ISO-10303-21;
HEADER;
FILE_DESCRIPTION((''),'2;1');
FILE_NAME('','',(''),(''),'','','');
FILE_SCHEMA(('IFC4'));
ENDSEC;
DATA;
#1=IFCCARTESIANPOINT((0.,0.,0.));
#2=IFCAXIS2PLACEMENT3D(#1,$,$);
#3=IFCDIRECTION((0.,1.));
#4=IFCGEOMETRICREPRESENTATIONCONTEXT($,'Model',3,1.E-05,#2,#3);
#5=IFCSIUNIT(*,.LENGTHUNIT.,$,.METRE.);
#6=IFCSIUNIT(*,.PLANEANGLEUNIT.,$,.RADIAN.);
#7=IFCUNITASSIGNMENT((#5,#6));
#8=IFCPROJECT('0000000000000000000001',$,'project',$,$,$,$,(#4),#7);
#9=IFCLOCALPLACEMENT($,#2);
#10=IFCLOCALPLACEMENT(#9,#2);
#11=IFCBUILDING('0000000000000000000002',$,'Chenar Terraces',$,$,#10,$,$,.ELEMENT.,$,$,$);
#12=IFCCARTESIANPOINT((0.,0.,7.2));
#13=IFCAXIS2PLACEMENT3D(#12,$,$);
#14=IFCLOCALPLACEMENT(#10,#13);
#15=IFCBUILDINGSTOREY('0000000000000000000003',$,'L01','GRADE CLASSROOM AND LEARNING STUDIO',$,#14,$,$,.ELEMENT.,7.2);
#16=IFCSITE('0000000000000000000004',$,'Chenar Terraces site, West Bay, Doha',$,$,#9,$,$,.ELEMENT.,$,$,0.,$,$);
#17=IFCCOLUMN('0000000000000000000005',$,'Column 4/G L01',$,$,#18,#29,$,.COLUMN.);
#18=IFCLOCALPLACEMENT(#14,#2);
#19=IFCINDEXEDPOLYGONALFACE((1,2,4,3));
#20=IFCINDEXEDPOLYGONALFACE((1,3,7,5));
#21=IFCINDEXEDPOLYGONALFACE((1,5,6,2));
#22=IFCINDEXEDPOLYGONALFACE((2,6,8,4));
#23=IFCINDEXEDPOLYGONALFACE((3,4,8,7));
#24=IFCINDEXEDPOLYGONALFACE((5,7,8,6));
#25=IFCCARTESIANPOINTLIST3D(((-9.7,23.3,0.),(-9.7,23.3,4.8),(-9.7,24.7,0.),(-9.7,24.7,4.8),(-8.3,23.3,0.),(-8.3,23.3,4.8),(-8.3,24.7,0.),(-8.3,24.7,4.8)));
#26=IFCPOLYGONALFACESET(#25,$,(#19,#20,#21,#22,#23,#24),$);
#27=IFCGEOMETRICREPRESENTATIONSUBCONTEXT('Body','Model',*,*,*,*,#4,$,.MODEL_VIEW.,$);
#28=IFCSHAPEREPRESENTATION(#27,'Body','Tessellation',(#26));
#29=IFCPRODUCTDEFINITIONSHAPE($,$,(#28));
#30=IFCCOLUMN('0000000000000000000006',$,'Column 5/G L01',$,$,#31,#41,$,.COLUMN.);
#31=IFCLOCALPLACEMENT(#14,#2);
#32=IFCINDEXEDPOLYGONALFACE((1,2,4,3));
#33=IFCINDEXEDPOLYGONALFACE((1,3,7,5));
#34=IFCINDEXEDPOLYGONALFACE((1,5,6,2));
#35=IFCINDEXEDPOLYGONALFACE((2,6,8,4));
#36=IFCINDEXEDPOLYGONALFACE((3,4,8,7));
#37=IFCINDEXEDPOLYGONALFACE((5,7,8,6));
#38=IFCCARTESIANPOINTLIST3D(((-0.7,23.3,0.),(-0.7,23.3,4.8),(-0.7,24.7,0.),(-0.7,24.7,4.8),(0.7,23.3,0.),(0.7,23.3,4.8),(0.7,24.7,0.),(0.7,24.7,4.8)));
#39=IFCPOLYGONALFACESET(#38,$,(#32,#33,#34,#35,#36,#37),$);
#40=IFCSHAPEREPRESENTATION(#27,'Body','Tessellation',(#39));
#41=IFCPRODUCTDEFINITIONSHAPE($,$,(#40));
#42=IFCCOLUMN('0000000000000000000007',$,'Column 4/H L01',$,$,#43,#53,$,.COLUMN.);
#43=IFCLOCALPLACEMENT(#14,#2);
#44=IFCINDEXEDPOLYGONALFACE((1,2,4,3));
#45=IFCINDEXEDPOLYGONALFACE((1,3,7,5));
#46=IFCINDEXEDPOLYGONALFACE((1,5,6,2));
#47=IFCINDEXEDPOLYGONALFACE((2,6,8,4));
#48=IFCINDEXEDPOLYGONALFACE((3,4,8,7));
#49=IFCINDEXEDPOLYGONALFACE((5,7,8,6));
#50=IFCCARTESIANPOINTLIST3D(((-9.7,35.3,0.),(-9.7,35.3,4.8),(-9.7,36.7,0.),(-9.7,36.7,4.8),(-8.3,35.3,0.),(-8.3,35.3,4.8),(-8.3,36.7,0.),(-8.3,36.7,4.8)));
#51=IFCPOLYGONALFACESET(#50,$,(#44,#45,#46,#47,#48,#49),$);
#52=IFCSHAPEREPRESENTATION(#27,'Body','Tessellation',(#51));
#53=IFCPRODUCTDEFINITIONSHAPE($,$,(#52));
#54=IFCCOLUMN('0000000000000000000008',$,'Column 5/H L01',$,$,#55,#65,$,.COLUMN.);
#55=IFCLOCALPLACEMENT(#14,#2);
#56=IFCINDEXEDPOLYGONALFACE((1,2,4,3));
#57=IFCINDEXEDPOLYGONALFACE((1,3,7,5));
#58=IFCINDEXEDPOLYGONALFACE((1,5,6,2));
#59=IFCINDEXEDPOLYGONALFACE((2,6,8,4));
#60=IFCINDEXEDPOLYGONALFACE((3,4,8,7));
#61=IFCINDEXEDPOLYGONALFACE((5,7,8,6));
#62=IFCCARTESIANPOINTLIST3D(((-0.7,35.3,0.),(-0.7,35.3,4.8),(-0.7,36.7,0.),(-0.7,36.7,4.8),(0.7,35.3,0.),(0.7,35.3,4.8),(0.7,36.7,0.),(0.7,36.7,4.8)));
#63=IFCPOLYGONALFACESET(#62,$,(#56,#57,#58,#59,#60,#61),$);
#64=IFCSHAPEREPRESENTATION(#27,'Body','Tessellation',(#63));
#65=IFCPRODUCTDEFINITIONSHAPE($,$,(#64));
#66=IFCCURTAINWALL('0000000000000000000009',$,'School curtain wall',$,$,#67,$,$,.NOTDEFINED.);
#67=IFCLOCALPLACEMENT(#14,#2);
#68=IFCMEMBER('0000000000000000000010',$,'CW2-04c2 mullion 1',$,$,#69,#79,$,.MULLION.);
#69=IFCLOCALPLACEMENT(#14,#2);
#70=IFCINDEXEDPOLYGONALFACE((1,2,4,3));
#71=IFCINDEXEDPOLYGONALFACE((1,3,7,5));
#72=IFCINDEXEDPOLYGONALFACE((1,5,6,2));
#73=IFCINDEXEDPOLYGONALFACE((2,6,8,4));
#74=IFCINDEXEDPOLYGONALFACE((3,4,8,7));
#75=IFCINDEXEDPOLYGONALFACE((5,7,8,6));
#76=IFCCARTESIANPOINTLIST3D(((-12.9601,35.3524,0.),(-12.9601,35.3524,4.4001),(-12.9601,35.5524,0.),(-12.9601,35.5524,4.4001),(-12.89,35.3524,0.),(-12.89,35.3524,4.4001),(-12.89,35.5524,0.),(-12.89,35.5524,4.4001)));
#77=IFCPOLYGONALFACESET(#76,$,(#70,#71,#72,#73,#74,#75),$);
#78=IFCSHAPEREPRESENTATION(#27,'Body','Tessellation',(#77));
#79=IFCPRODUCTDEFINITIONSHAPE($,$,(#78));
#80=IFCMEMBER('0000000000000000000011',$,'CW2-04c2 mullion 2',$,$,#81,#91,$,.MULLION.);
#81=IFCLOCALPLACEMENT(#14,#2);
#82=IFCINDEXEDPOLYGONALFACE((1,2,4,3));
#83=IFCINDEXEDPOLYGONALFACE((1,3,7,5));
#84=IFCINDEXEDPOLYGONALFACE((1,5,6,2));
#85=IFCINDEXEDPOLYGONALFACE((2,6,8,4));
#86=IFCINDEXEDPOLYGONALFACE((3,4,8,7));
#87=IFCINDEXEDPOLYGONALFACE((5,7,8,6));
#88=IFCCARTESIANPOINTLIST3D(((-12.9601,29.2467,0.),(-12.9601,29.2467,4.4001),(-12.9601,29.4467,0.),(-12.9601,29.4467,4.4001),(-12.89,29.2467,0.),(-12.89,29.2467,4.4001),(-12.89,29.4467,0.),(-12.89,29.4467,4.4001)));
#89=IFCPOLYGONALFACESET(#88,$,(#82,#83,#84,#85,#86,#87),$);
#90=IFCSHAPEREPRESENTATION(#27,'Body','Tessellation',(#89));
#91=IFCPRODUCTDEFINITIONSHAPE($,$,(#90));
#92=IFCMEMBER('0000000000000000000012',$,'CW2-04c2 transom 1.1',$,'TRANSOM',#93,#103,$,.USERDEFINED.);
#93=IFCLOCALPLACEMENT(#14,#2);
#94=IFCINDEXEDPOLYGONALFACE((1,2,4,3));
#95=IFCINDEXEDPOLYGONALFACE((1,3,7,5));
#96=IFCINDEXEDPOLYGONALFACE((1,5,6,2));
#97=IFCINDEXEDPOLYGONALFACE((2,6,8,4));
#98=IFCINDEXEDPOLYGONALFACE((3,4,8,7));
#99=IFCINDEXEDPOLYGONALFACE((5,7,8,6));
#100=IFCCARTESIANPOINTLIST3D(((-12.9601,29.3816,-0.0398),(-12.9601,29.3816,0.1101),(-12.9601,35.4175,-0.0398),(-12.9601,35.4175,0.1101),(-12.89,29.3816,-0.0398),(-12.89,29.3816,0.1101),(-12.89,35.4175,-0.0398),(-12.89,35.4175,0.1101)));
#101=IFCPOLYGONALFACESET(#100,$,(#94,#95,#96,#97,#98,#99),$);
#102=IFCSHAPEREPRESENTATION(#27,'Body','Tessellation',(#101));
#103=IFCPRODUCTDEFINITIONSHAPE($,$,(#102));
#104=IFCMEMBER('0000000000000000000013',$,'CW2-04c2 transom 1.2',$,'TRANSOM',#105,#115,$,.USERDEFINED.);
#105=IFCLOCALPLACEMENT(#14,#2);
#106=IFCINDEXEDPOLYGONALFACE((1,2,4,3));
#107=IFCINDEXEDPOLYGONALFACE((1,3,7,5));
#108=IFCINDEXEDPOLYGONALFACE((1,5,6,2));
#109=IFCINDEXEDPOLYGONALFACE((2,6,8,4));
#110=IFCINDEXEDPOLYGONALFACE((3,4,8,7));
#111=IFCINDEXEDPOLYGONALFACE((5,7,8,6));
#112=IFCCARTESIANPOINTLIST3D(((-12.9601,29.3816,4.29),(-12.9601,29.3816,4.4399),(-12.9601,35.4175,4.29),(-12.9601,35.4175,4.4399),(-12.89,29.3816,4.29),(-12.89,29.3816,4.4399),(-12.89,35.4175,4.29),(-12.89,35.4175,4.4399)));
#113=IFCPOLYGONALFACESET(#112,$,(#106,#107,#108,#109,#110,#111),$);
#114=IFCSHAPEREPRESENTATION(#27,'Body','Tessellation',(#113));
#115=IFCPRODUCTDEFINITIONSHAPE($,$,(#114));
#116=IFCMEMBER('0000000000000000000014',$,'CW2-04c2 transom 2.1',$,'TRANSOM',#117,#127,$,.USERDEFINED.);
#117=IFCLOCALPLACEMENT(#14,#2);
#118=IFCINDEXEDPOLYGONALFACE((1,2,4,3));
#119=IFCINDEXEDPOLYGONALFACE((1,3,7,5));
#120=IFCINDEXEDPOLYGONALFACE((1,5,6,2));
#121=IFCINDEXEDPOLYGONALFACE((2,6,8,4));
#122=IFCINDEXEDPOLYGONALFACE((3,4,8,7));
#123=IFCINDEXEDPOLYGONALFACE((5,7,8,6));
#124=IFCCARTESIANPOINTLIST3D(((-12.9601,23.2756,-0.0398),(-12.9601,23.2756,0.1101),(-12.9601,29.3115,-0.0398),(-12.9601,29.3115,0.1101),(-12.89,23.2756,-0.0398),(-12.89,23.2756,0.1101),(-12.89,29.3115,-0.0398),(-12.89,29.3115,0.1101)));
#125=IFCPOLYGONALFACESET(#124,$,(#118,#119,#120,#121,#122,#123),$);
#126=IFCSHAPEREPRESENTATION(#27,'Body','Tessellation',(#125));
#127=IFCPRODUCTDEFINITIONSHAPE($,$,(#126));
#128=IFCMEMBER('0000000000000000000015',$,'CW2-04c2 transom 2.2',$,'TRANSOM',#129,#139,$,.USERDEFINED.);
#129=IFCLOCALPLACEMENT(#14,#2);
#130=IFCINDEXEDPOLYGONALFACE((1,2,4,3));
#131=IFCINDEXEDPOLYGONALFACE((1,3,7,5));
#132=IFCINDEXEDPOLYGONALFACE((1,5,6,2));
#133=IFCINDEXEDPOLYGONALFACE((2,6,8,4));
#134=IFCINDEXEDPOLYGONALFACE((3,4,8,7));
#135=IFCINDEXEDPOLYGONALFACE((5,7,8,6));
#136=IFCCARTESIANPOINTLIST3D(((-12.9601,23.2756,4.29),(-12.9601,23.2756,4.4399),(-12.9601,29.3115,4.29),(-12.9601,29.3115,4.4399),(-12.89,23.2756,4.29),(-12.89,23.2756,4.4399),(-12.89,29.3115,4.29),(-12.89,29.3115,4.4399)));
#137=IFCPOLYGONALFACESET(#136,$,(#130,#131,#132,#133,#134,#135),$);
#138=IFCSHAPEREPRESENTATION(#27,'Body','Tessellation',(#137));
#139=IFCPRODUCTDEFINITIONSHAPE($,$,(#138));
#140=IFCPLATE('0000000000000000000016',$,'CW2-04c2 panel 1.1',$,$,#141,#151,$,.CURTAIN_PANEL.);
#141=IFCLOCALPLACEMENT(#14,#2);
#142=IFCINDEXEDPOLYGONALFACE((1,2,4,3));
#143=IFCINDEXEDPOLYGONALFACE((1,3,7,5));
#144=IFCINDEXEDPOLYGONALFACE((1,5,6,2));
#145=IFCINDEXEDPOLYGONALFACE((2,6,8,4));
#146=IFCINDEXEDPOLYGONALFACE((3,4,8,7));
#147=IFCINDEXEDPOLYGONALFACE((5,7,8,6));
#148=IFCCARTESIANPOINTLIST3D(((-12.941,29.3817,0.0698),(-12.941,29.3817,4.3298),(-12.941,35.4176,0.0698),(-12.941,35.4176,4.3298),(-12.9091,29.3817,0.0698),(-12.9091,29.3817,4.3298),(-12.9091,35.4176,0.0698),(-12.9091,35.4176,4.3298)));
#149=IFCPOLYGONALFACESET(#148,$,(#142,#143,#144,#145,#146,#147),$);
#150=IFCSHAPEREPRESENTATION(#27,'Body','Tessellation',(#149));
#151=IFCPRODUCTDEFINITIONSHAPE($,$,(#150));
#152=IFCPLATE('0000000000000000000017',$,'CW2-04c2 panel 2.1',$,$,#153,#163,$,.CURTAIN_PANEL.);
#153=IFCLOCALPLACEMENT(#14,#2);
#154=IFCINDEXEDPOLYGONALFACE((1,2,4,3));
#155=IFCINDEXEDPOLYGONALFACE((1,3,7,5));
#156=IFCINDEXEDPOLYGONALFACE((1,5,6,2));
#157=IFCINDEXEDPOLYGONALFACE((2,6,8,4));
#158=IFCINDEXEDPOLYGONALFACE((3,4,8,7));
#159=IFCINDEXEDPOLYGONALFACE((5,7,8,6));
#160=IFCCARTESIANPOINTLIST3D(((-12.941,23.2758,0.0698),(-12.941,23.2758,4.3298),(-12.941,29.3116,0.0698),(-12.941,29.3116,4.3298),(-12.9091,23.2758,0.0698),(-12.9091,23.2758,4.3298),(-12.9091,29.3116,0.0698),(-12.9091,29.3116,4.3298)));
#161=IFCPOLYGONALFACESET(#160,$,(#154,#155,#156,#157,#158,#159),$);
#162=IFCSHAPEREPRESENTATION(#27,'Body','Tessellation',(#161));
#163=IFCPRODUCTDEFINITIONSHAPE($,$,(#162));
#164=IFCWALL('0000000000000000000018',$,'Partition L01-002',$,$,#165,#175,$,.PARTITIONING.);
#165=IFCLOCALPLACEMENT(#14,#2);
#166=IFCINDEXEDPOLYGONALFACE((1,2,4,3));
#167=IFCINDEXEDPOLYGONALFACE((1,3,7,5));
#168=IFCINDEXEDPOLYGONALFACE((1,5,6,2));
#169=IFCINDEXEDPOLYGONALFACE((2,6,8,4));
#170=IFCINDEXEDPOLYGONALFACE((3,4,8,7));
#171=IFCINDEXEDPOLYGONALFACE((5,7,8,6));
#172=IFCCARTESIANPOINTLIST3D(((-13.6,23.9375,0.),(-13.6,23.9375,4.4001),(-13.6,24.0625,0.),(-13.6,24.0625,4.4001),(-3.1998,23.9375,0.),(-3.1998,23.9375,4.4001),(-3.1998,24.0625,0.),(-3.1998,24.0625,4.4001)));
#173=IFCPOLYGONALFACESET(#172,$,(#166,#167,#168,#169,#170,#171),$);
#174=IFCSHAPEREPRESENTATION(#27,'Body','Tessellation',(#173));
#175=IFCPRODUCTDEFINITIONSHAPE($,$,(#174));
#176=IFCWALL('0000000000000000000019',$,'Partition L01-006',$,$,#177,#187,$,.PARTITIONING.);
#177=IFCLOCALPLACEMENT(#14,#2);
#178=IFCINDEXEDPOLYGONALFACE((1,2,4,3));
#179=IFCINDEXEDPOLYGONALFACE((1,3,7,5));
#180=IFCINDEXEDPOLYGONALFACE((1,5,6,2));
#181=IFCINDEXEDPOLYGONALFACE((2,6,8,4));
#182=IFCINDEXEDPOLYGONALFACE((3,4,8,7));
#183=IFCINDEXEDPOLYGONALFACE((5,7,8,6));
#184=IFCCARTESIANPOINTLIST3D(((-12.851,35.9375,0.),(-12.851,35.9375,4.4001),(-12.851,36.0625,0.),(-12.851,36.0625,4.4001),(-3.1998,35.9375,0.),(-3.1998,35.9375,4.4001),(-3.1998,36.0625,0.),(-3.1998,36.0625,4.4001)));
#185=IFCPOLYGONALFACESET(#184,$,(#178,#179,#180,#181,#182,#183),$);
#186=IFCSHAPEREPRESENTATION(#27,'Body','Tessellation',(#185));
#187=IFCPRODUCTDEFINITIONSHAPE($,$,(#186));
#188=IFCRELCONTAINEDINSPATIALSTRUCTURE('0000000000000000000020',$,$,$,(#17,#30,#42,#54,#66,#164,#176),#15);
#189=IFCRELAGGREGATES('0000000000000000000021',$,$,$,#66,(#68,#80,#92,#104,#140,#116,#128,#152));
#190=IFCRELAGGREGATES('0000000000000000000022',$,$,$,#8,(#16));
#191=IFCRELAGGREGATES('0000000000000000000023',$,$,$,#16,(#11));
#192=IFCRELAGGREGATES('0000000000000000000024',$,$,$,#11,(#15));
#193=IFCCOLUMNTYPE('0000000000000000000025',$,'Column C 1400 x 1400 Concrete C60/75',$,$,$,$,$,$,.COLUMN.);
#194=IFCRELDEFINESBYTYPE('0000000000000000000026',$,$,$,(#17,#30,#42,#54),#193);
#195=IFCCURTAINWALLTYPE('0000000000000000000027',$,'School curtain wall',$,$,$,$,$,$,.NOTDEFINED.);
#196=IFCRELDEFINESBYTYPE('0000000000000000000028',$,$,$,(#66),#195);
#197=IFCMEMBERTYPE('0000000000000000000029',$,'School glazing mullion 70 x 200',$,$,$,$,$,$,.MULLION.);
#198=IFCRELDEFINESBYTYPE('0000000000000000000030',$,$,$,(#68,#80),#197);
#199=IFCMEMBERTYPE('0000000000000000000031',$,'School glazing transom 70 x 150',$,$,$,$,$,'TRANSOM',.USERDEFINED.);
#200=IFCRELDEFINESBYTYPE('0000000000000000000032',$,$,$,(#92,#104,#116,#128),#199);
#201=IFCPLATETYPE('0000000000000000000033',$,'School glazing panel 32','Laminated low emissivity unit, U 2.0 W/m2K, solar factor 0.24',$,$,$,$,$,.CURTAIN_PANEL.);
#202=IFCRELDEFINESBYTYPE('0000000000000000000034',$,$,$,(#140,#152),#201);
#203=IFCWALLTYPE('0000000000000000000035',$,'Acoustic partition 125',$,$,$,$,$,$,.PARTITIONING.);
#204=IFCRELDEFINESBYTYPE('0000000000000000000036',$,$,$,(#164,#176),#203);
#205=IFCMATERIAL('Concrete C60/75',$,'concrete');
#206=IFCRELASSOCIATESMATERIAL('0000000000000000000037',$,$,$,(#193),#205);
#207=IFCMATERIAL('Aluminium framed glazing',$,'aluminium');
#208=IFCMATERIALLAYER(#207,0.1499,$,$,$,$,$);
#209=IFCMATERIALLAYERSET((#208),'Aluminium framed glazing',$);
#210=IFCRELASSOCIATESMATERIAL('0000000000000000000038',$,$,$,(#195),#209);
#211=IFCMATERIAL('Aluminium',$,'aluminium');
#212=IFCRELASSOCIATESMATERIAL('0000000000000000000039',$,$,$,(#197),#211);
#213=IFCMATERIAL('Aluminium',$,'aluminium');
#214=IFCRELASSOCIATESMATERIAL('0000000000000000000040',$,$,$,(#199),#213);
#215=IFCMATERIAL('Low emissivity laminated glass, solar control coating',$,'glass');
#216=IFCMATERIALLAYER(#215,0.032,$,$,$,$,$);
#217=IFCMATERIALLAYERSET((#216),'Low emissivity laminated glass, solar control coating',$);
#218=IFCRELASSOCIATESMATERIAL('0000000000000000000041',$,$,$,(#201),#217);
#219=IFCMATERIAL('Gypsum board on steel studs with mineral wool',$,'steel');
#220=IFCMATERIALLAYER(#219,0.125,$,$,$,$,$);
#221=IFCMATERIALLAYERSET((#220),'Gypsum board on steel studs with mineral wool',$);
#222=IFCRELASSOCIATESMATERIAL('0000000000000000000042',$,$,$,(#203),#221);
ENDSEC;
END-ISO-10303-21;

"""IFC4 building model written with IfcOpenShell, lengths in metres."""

from ifc_helpers import new_model, si_unit, direction, frame, frame_2d, origin, origin_2d, place, context, subcontext, project, spatial, rectangle, extrude, material, layer, layer_set, material_profile, profile_set, type_object, element, aggregate, save


model = new_model("IFC4")

# Units and contexts
model_context = context("Model", 3, precision=1e-05, world=origin(), true_north=direction((0.0, 1.0)))
body_context = subcontext(model_context, "Body", "Model", "MODEL_VIEW")
ifc_project = project(units=[si_unit("LENGTHUNIT", "METRE"), si_unit("PLANEANGLEUNIT", "RADIAN")], contexts=[model_context])

# Site, building, storey
site_placement = place(None, origin())
site = spatial("IfcSite", under=ifc_project, at=site_placement, Name="Chenar Terraces site, West Bay, Doha", CompositionType="ELEMENT", RefElevation=0.0)
building_placement = place(site_placement, origin())
building = spatial("IfcBuilding", under=site, at=building_placement, Name="Chenar Terraces", CompositionType="ELEMENT")
storey_placement = place(building_placement, frame((0.0, 0.0, 7.2)))
storey = spatial("IfcBuildingStorey", under=building, at=storey_placement, Name="L01", Description="GRADE CLASSROOM AND LEARNING STUDIO", CompositionType="ELEMENT", Elevation=7.2)

# Columns
ifc_material_1 = material(Name="Concrete C60/75", Category="concrete")
ifc_material_profile_1 = material_profile(ifc_material_1, rectangle(XDim=1.3999, YDim=1.3999, at=origin_2d()), Name="C 1400 x 1400")
ifc_profile_set_1 = profile_set([ifc_material_profile_1], Name="Concrete C60/75")
column_type = type_object("IfcColumnType", Name="Column C 1400 x 1400 Concrete C60/75", PredefinedType="COLUMN", material=ifc_profile_set_1)
for number, where, z_axis, x_axis, name in (
    (1, (-9.0, 24.0, 0.0), (0.0, 0.0, 1.0), (1.0, 0.0, 0.0), "Column 4/G L01"),
    (2, (0.0, 24.0, 0.0), (0.0, 0.0, 1.0), (1.0, 0.0, 0.0), "Column 5/G L01"),
    (3, (-9.0, 36.0, 0.0), (0.0, 0.0, 1.0), (1.0, 0.0, 0.0), "Column 4/H L01"),
    (4, (0.0, 36.0, 0.0), (0.0, 0.0, 1.0), (1.0, 0.0, 0.0), "Column 5/H L01"),
):
    element("IfcColumn", number, at=place(storey_placement, frame(where, z_axis=z_axis, x_axis=x_axis)), inside=storey, type_object=column_type, Name=name, PredefinedType="COLUMN", context=body_context, shape_type="SweptSolid", body=[
        extrude(rectangle(XDim=1.3999, YDim=1.3999, at=origin_2d()), origin(), (0.0, 0.0, 1.0), 4.8),
    ])

# Curtain wall, members, plates
ifc_material_2 = material(Name="Aluminium framed glazing", Category="aluminium")
ifc_layer_1 = layer(ifc_material_2, 0.1499)
ifc_layer_set_1 = layer_set([ifc_layer_1], Name="Aluminium framed glazing")
curtain_wall_type = type_object("IfcCurtainWallType", Name="School curtain wall", PredefinedType="NOTDEFINED", material=ifc_layer_set_1)
curtain_wall_placement = place(storey_placement, origin())
curtain_wall = element("IfcCurtainWall", 5, at=curtain_wall_placement, inside=storey, type_object=curtain_wall_type, Name="School curtain wall", PredefinedType="NOTDEFINED")
ifc_material_3 = material(Name="Aluminium", Category="aluminium")
ifc_material_profile_2 = material_profile(ifc_material_3, rectangle(XDim=0.0701, YDim=0.2, at=origin_2d()), Name="School glazing mullion 70 x 200")
ifc_profile_set_2 = profile_set([ifc_material_profile_2], Name="Aluminium")
member_type_1 = type_object("IfcMemberType", Name="School glazing mullion 70 x 200", PredefinedType="MULLION", material=ifc_profile_set_2)
member_1_placement = place(storey_placement, frame((-12.925, 35.4524, 0.0), z_axis=(0.0, 0.0, 1.0), x_axis=(1.0, 0.0, 0.0)))
member_1 = element("IfcMember", 6, at=member_1_placement, type_object=member_type_1, Name="CW2-04c2 mullion 1", PredefinedType="MULLION", context=body_context, shape_type="SweptSolid", body=[
    extrude(rectangle(XDim=0.0701, YDim=0.2, at=origin_2d()), origin(), (0.0, 0.0, 1.0), 4.4001),
])
member_2_placement = place(storey_placement, frame((-12.925, 29.3467, 0.0), z_axis=(0.0, 0.0, 1.0), x_axis=(1.0, 0.0, 0.0)))
member_2 = element("IfcMember", 7, at=member_2_placement, type_object=member_type_1, Name="CW2-04c2 mullion 2", PredefinedType="MULLION", context=body_context, shape_type="SweptSolid", body=[
    extrude(rectangle(XDim=0.0701, YDim=0.2, at=origin_2d()), origin(), (0.0, 0.0, 1.0), 4.4001),
])
ifc_material_4 = material(Name="Aluminium", Category="aluminium")
ifc_material_profile_3 = material_profile(ifc_material_4, rectangle(XDim=0.0701, YDim=0.1499, at=origin_2d()), Name="School glazing transom 70 x 150")
ifc_profile_set_3 = profile_set([ifc_material_profile_3], Name="Aluminium")
member_type_2 = type_object("IfcMemberType", Name="School glazing transom 70 x 150", ElementType="TRANSOM", PredefinedType="USERDEFINED", material=ifc_profile_set_3)
member_3_placement = place(storey_placement, frame((-12.925, 35.4175, 0.0352), z_axis=(0.0, -1.0, 0.0), x_axis=(1.0, 0.0, 0.0)))
member_3 = element("IfcMember", 8, at=member_3_placement, type_object=member_type_2, Name="CW2-04c2 transom 1.1", ObjectType="TRANSOM", PredefinedType="USERDEFINED", context=body_context, shape_type="SweptSolid", body=[
    extrude(rectangle(XDim=0.0701, YDim=0.1499, at=origin_2d()), origin(), (0.0, 0.0, 1.0), 6.0359),
])
member_4_placement = place(storey_placement, frame((-12.925, 35.4175, 4.365), z_axis=(0.0, -1.0, 0.0), x_axis=(1.0, 0.0, 0.0)))
member_4 = element("IfcMember", 9, at=member_4_placement, type_object=member_type_2, Name="CW2-04c2 transom 1.2", ObjectType="TRANSOM", PredefinedType="USERDEFINED", context=body_context, shape_type="SweptSolid", body=[
    extrude(rectangle(XDim=0.0701, YDim=0.1499, at=origin_2d()), origin(), (0.0, 0.0, 1.0), 6.0359),
])
member_5_placement = place(storey_placement, frame((-12.925, 29.3115, 0.0352), z_axis=(0.0, -1.0, 0.0), x_axis=(1.0, 0.0, 0.0)))
member_5 = element("IfcMember", 10, at=member_5_placement, type_object=member_type_2, Name="CW2-04c2 transom 2.1", ObjectType="TRANSOM", PredefinedType="USERDEFINED", context=body_context, shape_type="SweptSolid", body=[
    extrude(rectangle(XDim=0.0701, YDim=0.1499, at=origin_2d()), origin(), (0.0, 0.0, 1.0), 6.0359),
])
member_6_placement = place(storey_placement, frame((-12.925, 29.3115, 4.365), z_axis=(0.0, -1.0, 0.0), x_axis=(1.0, 0.0, 0.0)))
member_6 = element("IfcMember", 11, at=member_6_placement, type_object=member_type_2, Name="CW2-04c2 transom 2.2", ObjectType="TRANSOM", PredefinedType="USERDEFINED", context=body_context, shape_type="SweptSolid", body=[
    extrude(rectangle(XDim=0.0701, YDim=0.1499, at=origin_2d()), origin(), (0.0, 0.0, 1.0), 6.0359),
])
ifc_material_5 = material(Name="Low emissivity laminated glass, solar control coating", Category="glass")
ifc_layer_2 = layer(ifc_material_5, 0.032)
ifc_layer_set_2 = layer_set([ifc_layer_2], Name="Low emissivity laminated glass, solar control coating")
plate_type = type_object("IfcPlateType", Name="School glazing panel 32", Description="Laminated low emissivity unit, U 2.0 W/m2K, solar factor 0.24", PredefinedType="CURTAIN_PANEL", material=ifc_layer_set_2)
plate_1_placement = place(storey_placement, frame((-12.925, 32.3997, 0.0698), z_axis=(0.0, 0.0, 1.0), x_axis=(0.0, -1.0, 0.0)))
plate_1 = element("IfcPlate", 12, at=plate_1_placement, type_object=plate_type, Name="CW2-04c2 panel 1.1", PredefinedType="CURTAIN_PANEL", context=body_context, shape_type="SweptSolid", body=[
    extrude(rectangle(XDim=6.0359, YDim=0.032, at=origin_2d()), origin(), (0.0, 0.0, 1.0), 4.26),
])
plate_2_placement = place(storey_placement, frame((-12.925, 26.2937, 0.0698), z_axis=(0.0, 0.0, 1.0), x_axis=(0.0, -1.0, 0.0)))
plate_2 = element("IfcPlate", 13, at=plate_2_placement, type_object=plate_type, Name="CW2-04c2 panel 2.1", PredefinedType="CURTAIN_PANEL", context=body_context, shape_type="SweptSolid", body=[
    extrude(rectangle(XDim=6.0359, YDim=0.032, at=origin_2d()), origin(), (0.0, 0.0, 1.0), 4.26),
])
aggregate(curtain_wall, [member_1, member_2, member_3, member_4, plate_1, member_5, member_6, plate_2])

# Walls
ifc_material_6 = material(Name="Gypsum board on steel studs with mineral wool", Category="steel")
ifc_layer_3 = layer(ifc_material_6, 0.125)
ifc_layer_set_3 = layer_set([ifc_layer_3], Name="Gypsum board on steel studs with mineral wool")
wall_type_1 = type_object("IfcWallType", Name="Acoustic partition 125", PredefinedType="PARTITIONING", material=ifc_layer_set_3)
wall_1_placement = place(storey_placement, frame((-13.6001, 24.0, 0.0), z_axis=(0.0, 0.0, 1.0), x_axis=(1.0, 0.0, 0.0)))
element("IfcWall", 14, at=wall_1_placement, inside=storey, type_object=wall_type_1, Name="Partition L01-002", PredefinedType="PARTITIONING", context=body_context, shape_type="SweptSolid", body=[
    extrude(rectangle(XDim=10.4001, YDim=0.125, at=frame_2d((5.2002, 0.0))), origin(), (0.0, 0.0, 1.0), 4.4001),
])
wall_2_placement = place(storey_placement, frame((-12.8511, 36.0, 0.0), z_axis=(0.0, 0.0, 1.0), x_axis=(1.0, 0.0, 0.0)))
element("IfcWall", 15, at=wall_2_placement, inside=storey, type_object=wall_type_1, Name="Partition L01-006", PredefinedType="PARTITIONING", context=body_context, shape_type="SweptSolid", body=[
    extrude(rectangle(XDim=9.6511, YDim=0.125, at=frame_2d((4.8257, 0.0))), origin(), (0.0, 0.0, 1.0), 4.4001),
])

save(model, "model.ifc")
